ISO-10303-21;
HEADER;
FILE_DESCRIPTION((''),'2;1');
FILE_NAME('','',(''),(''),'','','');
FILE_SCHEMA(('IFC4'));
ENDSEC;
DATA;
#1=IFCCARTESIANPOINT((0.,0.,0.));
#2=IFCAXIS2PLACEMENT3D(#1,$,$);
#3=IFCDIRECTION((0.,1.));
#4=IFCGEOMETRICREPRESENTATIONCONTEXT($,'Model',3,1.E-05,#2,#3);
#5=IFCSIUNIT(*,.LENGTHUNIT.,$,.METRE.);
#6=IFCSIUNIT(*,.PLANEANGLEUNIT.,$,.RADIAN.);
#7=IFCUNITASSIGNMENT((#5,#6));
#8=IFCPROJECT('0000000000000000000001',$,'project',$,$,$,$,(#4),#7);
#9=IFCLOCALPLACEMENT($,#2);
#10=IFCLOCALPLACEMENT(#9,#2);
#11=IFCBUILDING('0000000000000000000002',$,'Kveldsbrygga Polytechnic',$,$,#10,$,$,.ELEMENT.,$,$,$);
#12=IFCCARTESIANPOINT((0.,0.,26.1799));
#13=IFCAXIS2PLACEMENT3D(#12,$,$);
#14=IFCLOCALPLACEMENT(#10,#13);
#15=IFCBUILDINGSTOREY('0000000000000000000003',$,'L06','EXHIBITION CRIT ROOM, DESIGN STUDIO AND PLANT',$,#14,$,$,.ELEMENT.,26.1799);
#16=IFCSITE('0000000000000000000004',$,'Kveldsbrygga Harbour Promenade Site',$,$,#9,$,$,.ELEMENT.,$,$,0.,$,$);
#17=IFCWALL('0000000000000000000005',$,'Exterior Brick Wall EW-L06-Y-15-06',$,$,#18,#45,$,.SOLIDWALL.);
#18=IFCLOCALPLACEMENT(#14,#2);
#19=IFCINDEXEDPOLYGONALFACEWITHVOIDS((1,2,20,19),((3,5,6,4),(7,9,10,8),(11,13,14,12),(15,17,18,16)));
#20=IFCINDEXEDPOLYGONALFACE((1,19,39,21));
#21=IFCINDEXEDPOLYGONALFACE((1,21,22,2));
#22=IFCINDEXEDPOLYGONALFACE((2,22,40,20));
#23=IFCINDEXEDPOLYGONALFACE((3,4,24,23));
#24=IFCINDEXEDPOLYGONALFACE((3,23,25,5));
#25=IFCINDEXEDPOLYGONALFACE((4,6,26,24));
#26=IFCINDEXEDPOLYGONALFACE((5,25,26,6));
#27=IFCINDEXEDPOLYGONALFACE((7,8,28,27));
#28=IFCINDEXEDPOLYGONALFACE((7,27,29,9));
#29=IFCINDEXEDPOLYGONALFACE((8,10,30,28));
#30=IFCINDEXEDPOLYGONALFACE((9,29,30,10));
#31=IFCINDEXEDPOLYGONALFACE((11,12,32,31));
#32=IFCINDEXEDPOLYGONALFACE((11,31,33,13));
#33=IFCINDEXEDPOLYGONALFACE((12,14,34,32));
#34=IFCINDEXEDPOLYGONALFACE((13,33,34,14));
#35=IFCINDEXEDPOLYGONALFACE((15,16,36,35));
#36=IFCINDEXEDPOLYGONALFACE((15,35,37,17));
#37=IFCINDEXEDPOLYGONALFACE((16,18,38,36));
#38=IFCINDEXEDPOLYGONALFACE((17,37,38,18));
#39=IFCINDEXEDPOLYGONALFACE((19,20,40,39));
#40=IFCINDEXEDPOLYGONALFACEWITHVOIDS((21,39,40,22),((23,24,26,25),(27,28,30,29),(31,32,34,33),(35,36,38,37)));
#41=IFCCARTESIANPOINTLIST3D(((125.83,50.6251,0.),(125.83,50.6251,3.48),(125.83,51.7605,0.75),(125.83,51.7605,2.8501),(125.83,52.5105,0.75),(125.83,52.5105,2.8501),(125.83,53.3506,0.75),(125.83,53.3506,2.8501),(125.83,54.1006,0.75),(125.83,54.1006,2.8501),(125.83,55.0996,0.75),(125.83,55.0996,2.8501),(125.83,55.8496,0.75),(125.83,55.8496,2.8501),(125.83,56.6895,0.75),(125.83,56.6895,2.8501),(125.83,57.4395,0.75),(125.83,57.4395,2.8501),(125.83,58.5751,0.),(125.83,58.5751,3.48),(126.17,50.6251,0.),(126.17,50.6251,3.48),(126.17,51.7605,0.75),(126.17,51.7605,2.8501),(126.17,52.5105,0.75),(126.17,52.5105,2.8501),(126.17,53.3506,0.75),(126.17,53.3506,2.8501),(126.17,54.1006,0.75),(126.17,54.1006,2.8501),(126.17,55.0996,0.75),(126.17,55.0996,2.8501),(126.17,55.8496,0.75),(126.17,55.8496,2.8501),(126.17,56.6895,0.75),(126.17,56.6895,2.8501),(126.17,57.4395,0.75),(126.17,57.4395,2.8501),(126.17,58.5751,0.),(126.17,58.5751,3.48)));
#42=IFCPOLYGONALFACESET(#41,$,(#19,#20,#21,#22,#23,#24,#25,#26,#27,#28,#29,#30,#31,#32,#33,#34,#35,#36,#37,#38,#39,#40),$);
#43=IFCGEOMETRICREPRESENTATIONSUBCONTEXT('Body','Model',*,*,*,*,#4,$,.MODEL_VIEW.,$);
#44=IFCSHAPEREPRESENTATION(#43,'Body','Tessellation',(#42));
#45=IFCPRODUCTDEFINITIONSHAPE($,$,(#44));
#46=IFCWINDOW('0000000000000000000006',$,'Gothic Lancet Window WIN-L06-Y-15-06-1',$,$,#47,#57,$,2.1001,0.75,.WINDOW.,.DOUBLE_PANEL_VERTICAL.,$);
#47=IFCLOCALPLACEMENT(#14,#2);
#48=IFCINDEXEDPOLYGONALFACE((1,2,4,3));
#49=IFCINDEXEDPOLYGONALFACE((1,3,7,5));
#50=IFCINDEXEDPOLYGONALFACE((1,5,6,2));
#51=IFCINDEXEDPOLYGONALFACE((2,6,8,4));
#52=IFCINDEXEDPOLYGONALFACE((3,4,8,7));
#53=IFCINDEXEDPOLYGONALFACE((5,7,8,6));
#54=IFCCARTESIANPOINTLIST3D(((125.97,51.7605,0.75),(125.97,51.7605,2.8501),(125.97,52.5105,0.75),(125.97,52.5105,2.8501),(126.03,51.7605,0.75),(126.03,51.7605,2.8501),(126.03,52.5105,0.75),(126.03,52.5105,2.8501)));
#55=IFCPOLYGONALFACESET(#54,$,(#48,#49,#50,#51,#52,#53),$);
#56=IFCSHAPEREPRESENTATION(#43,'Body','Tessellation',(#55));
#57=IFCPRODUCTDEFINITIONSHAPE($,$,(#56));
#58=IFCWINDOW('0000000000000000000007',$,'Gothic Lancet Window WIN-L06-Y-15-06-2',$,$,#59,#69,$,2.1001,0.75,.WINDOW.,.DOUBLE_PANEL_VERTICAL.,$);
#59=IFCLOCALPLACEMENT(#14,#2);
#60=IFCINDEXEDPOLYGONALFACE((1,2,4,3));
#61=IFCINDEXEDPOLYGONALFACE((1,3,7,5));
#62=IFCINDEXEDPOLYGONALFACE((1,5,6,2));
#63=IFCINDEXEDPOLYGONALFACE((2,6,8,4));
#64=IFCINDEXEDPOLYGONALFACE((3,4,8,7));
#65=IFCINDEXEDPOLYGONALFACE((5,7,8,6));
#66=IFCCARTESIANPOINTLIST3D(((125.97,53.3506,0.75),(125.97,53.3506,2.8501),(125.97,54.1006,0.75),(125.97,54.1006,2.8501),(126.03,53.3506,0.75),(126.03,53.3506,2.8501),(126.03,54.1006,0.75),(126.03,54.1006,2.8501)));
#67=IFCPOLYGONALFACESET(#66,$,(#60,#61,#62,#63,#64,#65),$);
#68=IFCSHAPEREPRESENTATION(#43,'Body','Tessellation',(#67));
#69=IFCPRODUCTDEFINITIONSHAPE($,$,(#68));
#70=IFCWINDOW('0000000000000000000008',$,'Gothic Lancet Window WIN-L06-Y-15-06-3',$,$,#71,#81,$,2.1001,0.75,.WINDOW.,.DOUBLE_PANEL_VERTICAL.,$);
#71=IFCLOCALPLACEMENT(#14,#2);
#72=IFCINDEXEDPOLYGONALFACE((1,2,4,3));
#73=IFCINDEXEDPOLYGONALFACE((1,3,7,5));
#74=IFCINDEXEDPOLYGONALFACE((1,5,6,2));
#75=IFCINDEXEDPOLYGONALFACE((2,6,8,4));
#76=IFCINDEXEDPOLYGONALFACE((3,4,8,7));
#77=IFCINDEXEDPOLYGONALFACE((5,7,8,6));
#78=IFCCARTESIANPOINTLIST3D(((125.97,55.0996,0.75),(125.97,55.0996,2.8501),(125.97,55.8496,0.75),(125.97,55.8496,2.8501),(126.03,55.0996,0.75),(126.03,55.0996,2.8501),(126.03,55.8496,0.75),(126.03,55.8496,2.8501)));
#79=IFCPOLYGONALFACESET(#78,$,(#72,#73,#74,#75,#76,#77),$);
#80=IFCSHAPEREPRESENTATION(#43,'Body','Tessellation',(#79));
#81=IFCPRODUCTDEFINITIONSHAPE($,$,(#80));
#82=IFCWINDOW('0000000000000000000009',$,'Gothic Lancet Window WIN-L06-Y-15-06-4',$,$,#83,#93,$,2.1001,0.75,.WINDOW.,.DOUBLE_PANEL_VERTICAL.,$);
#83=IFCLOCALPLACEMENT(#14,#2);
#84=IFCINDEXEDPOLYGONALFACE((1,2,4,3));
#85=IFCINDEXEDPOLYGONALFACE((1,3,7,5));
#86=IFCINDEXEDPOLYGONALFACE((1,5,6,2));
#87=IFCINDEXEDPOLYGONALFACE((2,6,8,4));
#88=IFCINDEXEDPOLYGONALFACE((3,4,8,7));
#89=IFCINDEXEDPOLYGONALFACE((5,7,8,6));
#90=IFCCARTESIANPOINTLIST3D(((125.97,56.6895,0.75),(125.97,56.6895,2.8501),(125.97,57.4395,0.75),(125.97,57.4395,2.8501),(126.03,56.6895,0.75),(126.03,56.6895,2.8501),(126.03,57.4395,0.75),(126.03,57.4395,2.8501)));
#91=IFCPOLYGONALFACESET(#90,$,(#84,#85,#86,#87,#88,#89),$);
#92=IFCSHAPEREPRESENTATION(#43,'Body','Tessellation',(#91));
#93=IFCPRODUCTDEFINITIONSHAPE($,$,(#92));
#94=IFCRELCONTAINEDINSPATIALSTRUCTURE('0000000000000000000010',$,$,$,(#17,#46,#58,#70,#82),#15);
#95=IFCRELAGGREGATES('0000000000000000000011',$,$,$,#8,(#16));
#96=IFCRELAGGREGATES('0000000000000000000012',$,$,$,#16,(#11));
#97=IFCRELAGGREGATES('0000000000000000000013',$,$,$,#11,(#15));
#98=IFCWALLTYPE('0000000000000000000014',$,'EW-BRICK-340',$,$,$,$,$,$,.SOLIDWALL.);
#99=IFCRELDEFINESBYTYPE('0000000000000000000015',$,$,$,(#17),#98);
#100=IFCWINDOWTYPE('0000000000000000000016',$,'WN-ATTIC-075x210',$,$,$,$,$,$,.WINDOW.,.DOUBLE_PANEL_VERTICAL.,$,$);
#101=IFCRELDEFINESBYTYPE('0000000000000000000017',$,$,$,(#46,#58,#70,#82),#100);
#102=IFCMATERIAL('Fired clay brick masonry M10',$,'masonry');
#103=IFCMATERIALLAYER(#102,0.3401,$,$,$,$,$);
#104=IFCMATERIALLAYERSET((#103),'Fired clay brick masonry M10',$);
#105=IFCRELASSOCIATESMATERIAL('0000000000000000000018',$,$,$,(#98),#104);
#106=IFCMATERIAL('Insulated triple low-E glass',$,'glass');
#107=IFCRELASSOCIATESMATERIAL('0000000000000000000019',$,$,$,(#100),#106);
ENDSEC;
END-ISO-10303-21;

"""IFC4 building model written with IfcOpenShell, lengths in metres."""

from ifc_helpers import new_model, si_unit, direction, frame, frame_2d, origin, place, context, subcontext, project, spatial, rectangle, extrude, material, layer, layer_set, type_object, element, fill, save


model = new_model("IFC4")

# Units and contexts
model_context = context("Model", 3, precision=1e-05, world=origin(), true_north=direction((0.0, 1.0)))
body_context = subcontext(model_context, "Body", "Model", "MODEL_VIEW")
ifc_project = project(units=[si_unit("LENGTHUNIT", "METRE"), si_unit("PLANEANGLEUNIT", "RADIAN")], contexts=[model_context])

# Site, building, storey
site_placement = place(None, origin())
site = spatial("IfcSite", under=ifc_project, at=site_placement, Name="Kveldsbrygga Harbour Promenade Site", CompositionType="ELEMENT", RefElevation=0.0)
building_placement = place(site_placement, origin())
building = spatial("IfcBuilding", under=site, at=building_placement, Name="Kveldsbrygga Polytechnic", CompositionType="ELEMENT")
storey_placement = place(building_placement, frame((0.0, 0.0, 26.1799)))
storey = spatial("IfcBuildingStorey", under=building, at=storey_placement, Name="L06", Description="EXHIBITION CRIT ROOM, DESIGN STUDIO AND PLANT", CompositionType="ELEMENT", Elevation=26.1799)

# Wall, openings, windows
ifc_material_1 = material(Name="Fired clay brick masonry M10", Category="masonry")
ifc_layer_1 = layer(ifc_material_1, 0.3401)
ifc_layer_set_1 = layer_set([ifc_layer_1], Name="Fired clay brick masonry M10")
wall_type = type_object("IfcWallType", Name="EW-BRICK-340", PredefinedType="SOLIDWALL", material=ifc_layer_set_1)
ifc_material_2 = material(Name="Insulated triple low-E glass", Category="glass")
wall_1_placement = place(storey_placement, frame((126.0, 50.625, 0.0), z_axis=(0.0, 0.0, 1.0), x_axis=(0.0, 1.0, 0.0)))
wall_1 = element("IfcWall", 1, at=wall_1_placement, inside=storey, type_object=wall_type, Name="Exterior Brick Wall EW-L06-Y-15-06", PredefinedType="SOLIDWALL", context=body_context, shape_type="SweptSolid", body=[
    extrude(rectangle(XDim=7.95, YDim=0.3401, at=frame_2d((3.9751, 0.0))), origin(), (0.0, 0.0, 1.0), 3.48),
])
opening_1_placement = place(wall_1_placement, frame((1.1355, 0.0, 0.75)))
opening_1 = element("IfcOpeningElement", 2, at=opening_1_placement, cuts=wall_1, PredefinedType="OPENING", context=body_context, shape_type="SweptSolid", body=[
    extrude(rectangle(XDim=0.75, YDim=2.1001, at=frame_2d((0.375, 1.05))), frame((0.0, 0.1802, 0.0), z_axis=(0.0, -1.0, 0.0), x_axis=(1.0, 0.0, 0.0)), (0.0, 0.0, 1.0), 0.3601),
])
opening_2_placement = place(wall_1_placement, frame((2.7256, 0.0, 0.75)))
opening_2 = element("IfcOpeningElement", 3, at=opening_2_placement, cuts=wall_1, PredefinedType="OPENING", context=body_context, shape_type="SweptSolid", body=[
    extrude(rectangle(XDim=0.75, YDim=2.1001, at=frame_2d((0.375, 1.05))), frame((0.0, 0.1802, 0.0), z_axis=(0.0, -1.0, 0.0), x_axis=(1.0, 0.0, 0.0)), (0.0, 0.0, 1.0), 0.3601),
])
opening_3_placement = place(wall_1_placement, frame((4.4746, 0.0, 0.75)))
opening_3 = element("IfcOpeningElement", 4, at=opening_3_placement, cuts=wall_1, PredefinedType="OPENING", context=body_context, shape_type="SweptSolid", body=[
    extrude(rectangle(XDim=0.75, YDim=2.1001, at=frame_2d((0.375, 1.05))), frame((0.0, 0.1802, 0.0), z_axis=(0.0, -1.0, 0.0), x_axis=(1.0, 0.0, 0.0)), (0.0, 0.0, 1.0), 0.3601),
])
opening_4_placement = place(wall_1_placement, frame((6.0645, 0.0, 0.75)))
opening_4 = element("IfcOpeningElement", 5, at=opening_4_placement, cuts=wall_1, PredefinedType="OPENING", context=body_context, shape_type="SweptSolid", body=[
    extrude(rectangle(XDim=0.75, YDim=2.1001, at=frame_2d((0.375, 1.05))), frame((0.0, 0.1802, 0.0), z_axis=(0.0, -1.0, 0.0), x_axis=(1.0, 0.0, 0.0)), (0.0, 0.0, 1.0), 0.3601),
])
window_type_1 = type_object("IfcWindowType", Name="WN-ATTIC-075x210", PartitioningType="DOUBLE_PANEL_VERTICAL", PredefinedType="WINDOW", material=ifc_material_2)
window_1_placement = place(opening_1_placement, origin())
window_1 = element("IfcWindow", 6, at=window_1_placement, inside=storey, type_object=window_type_1, Name="Gothic Lancet Window WIN-L06-Y-15-06-1", OverallHeight=2.1001, OverallWidth=0.75, PartitioningType="DOUBLE_PANEL_VERTICAL", PredefinedType="WINDOW", context=body_context, shape_type="SweptSolid", body=[
    extrude(rectangle(XDim=0.75, YDim=2.1001, at=frame_2d((0.375, 1.05))), frame((0.0, 0.03, 0.0), z_axis=(0.0, -1.0, 0.0), x_axis=(1.0, 0.0, 0.0)), (0.0, 0.0, 1.0), 0.0601),
])
fill(opening_1, window_1)
window_2_placement = place(opening_2_placement, origin())
window_2 = element("IfcWindow", 7, at=window_2_placement, inside=storey, type_object=window_type_1, Name="Gothic Lancet Window WIN-L06-Y-15-06-2", OverallHeight=2.1001, OverallWidth=0.75, PartitioningType="DOUBLE_PANEL_VERTICAL", PredefinedType="WINDOW", context=body_context, shape_type="SweptSolid", body=[
    extrude(rectangle(XDim=0.75, YDim=2.1001, at=frame_2d((0.375, 1.05))), frame((0.0, 0.03, 0.0), z_axis=(0.0, -1.0, 0.0), x_axis=(1.0, 0.0, 0.0)), (0.0, 0.0, 1.0), 0.0601),
])
fill(opening_2, window_2)
window_3_placement = place(opening_3_placement, origin())
window_3 = element("IfcWindow", 8, at=window_3_placement, inside=storey, type_object=window_type_1, Name="Gothic Lancet Window WIN-L06-Y-15-06-3", OverallHeight=2.1001, OverallWidth=0.75, PartitioningType="DOUBLE_PANEL_VERTICAL", PredefinedType="WINDOW", context=body_context, shape_type="SweptSolid", body=[
    extrude(rectangle(XDim=0.75, YDim=2.1001, at=frame_2d((0.375, 1.05))), frame((0.0, 0.03, 0.0), z_axis=(0.0, -1.0, 0.0), x_axis=(1.0, 0.0, 0.0)), (0.0, 0.0, 1.0), 0.0601),
])
fill(opening_3, window_3)
window_4_placement = place(opening_4_placement, origin())
window_4 = element("IfcWindow", 9, at=window_4_placement, inside=storey, type_object=window_type_1, Name="Gothic Lancet Window WIN-L06-Y-15-06-4", OverallHeight=2.1001, OverallWidth=0.75, PartitioningType="DOUBLE_PANEL_VERTICAL", PredefinedType="WINDOW", context=body_context, shape_type="SweptSolid", body=[
    extrude(rectangle(XDim=0.75, YDim=2.1001, at=frame_2d((0.375, 1.05))), frame((0.0, 0.03, 0.0), z_axis=(0.0, -1.0, 0.0), x_axis=(1.0, 0.0, 0.0)), (0.0, 0.0, 1.0), 0.0601),
])
fill(opening_4, window_4)

save(model, "model.ifc")
